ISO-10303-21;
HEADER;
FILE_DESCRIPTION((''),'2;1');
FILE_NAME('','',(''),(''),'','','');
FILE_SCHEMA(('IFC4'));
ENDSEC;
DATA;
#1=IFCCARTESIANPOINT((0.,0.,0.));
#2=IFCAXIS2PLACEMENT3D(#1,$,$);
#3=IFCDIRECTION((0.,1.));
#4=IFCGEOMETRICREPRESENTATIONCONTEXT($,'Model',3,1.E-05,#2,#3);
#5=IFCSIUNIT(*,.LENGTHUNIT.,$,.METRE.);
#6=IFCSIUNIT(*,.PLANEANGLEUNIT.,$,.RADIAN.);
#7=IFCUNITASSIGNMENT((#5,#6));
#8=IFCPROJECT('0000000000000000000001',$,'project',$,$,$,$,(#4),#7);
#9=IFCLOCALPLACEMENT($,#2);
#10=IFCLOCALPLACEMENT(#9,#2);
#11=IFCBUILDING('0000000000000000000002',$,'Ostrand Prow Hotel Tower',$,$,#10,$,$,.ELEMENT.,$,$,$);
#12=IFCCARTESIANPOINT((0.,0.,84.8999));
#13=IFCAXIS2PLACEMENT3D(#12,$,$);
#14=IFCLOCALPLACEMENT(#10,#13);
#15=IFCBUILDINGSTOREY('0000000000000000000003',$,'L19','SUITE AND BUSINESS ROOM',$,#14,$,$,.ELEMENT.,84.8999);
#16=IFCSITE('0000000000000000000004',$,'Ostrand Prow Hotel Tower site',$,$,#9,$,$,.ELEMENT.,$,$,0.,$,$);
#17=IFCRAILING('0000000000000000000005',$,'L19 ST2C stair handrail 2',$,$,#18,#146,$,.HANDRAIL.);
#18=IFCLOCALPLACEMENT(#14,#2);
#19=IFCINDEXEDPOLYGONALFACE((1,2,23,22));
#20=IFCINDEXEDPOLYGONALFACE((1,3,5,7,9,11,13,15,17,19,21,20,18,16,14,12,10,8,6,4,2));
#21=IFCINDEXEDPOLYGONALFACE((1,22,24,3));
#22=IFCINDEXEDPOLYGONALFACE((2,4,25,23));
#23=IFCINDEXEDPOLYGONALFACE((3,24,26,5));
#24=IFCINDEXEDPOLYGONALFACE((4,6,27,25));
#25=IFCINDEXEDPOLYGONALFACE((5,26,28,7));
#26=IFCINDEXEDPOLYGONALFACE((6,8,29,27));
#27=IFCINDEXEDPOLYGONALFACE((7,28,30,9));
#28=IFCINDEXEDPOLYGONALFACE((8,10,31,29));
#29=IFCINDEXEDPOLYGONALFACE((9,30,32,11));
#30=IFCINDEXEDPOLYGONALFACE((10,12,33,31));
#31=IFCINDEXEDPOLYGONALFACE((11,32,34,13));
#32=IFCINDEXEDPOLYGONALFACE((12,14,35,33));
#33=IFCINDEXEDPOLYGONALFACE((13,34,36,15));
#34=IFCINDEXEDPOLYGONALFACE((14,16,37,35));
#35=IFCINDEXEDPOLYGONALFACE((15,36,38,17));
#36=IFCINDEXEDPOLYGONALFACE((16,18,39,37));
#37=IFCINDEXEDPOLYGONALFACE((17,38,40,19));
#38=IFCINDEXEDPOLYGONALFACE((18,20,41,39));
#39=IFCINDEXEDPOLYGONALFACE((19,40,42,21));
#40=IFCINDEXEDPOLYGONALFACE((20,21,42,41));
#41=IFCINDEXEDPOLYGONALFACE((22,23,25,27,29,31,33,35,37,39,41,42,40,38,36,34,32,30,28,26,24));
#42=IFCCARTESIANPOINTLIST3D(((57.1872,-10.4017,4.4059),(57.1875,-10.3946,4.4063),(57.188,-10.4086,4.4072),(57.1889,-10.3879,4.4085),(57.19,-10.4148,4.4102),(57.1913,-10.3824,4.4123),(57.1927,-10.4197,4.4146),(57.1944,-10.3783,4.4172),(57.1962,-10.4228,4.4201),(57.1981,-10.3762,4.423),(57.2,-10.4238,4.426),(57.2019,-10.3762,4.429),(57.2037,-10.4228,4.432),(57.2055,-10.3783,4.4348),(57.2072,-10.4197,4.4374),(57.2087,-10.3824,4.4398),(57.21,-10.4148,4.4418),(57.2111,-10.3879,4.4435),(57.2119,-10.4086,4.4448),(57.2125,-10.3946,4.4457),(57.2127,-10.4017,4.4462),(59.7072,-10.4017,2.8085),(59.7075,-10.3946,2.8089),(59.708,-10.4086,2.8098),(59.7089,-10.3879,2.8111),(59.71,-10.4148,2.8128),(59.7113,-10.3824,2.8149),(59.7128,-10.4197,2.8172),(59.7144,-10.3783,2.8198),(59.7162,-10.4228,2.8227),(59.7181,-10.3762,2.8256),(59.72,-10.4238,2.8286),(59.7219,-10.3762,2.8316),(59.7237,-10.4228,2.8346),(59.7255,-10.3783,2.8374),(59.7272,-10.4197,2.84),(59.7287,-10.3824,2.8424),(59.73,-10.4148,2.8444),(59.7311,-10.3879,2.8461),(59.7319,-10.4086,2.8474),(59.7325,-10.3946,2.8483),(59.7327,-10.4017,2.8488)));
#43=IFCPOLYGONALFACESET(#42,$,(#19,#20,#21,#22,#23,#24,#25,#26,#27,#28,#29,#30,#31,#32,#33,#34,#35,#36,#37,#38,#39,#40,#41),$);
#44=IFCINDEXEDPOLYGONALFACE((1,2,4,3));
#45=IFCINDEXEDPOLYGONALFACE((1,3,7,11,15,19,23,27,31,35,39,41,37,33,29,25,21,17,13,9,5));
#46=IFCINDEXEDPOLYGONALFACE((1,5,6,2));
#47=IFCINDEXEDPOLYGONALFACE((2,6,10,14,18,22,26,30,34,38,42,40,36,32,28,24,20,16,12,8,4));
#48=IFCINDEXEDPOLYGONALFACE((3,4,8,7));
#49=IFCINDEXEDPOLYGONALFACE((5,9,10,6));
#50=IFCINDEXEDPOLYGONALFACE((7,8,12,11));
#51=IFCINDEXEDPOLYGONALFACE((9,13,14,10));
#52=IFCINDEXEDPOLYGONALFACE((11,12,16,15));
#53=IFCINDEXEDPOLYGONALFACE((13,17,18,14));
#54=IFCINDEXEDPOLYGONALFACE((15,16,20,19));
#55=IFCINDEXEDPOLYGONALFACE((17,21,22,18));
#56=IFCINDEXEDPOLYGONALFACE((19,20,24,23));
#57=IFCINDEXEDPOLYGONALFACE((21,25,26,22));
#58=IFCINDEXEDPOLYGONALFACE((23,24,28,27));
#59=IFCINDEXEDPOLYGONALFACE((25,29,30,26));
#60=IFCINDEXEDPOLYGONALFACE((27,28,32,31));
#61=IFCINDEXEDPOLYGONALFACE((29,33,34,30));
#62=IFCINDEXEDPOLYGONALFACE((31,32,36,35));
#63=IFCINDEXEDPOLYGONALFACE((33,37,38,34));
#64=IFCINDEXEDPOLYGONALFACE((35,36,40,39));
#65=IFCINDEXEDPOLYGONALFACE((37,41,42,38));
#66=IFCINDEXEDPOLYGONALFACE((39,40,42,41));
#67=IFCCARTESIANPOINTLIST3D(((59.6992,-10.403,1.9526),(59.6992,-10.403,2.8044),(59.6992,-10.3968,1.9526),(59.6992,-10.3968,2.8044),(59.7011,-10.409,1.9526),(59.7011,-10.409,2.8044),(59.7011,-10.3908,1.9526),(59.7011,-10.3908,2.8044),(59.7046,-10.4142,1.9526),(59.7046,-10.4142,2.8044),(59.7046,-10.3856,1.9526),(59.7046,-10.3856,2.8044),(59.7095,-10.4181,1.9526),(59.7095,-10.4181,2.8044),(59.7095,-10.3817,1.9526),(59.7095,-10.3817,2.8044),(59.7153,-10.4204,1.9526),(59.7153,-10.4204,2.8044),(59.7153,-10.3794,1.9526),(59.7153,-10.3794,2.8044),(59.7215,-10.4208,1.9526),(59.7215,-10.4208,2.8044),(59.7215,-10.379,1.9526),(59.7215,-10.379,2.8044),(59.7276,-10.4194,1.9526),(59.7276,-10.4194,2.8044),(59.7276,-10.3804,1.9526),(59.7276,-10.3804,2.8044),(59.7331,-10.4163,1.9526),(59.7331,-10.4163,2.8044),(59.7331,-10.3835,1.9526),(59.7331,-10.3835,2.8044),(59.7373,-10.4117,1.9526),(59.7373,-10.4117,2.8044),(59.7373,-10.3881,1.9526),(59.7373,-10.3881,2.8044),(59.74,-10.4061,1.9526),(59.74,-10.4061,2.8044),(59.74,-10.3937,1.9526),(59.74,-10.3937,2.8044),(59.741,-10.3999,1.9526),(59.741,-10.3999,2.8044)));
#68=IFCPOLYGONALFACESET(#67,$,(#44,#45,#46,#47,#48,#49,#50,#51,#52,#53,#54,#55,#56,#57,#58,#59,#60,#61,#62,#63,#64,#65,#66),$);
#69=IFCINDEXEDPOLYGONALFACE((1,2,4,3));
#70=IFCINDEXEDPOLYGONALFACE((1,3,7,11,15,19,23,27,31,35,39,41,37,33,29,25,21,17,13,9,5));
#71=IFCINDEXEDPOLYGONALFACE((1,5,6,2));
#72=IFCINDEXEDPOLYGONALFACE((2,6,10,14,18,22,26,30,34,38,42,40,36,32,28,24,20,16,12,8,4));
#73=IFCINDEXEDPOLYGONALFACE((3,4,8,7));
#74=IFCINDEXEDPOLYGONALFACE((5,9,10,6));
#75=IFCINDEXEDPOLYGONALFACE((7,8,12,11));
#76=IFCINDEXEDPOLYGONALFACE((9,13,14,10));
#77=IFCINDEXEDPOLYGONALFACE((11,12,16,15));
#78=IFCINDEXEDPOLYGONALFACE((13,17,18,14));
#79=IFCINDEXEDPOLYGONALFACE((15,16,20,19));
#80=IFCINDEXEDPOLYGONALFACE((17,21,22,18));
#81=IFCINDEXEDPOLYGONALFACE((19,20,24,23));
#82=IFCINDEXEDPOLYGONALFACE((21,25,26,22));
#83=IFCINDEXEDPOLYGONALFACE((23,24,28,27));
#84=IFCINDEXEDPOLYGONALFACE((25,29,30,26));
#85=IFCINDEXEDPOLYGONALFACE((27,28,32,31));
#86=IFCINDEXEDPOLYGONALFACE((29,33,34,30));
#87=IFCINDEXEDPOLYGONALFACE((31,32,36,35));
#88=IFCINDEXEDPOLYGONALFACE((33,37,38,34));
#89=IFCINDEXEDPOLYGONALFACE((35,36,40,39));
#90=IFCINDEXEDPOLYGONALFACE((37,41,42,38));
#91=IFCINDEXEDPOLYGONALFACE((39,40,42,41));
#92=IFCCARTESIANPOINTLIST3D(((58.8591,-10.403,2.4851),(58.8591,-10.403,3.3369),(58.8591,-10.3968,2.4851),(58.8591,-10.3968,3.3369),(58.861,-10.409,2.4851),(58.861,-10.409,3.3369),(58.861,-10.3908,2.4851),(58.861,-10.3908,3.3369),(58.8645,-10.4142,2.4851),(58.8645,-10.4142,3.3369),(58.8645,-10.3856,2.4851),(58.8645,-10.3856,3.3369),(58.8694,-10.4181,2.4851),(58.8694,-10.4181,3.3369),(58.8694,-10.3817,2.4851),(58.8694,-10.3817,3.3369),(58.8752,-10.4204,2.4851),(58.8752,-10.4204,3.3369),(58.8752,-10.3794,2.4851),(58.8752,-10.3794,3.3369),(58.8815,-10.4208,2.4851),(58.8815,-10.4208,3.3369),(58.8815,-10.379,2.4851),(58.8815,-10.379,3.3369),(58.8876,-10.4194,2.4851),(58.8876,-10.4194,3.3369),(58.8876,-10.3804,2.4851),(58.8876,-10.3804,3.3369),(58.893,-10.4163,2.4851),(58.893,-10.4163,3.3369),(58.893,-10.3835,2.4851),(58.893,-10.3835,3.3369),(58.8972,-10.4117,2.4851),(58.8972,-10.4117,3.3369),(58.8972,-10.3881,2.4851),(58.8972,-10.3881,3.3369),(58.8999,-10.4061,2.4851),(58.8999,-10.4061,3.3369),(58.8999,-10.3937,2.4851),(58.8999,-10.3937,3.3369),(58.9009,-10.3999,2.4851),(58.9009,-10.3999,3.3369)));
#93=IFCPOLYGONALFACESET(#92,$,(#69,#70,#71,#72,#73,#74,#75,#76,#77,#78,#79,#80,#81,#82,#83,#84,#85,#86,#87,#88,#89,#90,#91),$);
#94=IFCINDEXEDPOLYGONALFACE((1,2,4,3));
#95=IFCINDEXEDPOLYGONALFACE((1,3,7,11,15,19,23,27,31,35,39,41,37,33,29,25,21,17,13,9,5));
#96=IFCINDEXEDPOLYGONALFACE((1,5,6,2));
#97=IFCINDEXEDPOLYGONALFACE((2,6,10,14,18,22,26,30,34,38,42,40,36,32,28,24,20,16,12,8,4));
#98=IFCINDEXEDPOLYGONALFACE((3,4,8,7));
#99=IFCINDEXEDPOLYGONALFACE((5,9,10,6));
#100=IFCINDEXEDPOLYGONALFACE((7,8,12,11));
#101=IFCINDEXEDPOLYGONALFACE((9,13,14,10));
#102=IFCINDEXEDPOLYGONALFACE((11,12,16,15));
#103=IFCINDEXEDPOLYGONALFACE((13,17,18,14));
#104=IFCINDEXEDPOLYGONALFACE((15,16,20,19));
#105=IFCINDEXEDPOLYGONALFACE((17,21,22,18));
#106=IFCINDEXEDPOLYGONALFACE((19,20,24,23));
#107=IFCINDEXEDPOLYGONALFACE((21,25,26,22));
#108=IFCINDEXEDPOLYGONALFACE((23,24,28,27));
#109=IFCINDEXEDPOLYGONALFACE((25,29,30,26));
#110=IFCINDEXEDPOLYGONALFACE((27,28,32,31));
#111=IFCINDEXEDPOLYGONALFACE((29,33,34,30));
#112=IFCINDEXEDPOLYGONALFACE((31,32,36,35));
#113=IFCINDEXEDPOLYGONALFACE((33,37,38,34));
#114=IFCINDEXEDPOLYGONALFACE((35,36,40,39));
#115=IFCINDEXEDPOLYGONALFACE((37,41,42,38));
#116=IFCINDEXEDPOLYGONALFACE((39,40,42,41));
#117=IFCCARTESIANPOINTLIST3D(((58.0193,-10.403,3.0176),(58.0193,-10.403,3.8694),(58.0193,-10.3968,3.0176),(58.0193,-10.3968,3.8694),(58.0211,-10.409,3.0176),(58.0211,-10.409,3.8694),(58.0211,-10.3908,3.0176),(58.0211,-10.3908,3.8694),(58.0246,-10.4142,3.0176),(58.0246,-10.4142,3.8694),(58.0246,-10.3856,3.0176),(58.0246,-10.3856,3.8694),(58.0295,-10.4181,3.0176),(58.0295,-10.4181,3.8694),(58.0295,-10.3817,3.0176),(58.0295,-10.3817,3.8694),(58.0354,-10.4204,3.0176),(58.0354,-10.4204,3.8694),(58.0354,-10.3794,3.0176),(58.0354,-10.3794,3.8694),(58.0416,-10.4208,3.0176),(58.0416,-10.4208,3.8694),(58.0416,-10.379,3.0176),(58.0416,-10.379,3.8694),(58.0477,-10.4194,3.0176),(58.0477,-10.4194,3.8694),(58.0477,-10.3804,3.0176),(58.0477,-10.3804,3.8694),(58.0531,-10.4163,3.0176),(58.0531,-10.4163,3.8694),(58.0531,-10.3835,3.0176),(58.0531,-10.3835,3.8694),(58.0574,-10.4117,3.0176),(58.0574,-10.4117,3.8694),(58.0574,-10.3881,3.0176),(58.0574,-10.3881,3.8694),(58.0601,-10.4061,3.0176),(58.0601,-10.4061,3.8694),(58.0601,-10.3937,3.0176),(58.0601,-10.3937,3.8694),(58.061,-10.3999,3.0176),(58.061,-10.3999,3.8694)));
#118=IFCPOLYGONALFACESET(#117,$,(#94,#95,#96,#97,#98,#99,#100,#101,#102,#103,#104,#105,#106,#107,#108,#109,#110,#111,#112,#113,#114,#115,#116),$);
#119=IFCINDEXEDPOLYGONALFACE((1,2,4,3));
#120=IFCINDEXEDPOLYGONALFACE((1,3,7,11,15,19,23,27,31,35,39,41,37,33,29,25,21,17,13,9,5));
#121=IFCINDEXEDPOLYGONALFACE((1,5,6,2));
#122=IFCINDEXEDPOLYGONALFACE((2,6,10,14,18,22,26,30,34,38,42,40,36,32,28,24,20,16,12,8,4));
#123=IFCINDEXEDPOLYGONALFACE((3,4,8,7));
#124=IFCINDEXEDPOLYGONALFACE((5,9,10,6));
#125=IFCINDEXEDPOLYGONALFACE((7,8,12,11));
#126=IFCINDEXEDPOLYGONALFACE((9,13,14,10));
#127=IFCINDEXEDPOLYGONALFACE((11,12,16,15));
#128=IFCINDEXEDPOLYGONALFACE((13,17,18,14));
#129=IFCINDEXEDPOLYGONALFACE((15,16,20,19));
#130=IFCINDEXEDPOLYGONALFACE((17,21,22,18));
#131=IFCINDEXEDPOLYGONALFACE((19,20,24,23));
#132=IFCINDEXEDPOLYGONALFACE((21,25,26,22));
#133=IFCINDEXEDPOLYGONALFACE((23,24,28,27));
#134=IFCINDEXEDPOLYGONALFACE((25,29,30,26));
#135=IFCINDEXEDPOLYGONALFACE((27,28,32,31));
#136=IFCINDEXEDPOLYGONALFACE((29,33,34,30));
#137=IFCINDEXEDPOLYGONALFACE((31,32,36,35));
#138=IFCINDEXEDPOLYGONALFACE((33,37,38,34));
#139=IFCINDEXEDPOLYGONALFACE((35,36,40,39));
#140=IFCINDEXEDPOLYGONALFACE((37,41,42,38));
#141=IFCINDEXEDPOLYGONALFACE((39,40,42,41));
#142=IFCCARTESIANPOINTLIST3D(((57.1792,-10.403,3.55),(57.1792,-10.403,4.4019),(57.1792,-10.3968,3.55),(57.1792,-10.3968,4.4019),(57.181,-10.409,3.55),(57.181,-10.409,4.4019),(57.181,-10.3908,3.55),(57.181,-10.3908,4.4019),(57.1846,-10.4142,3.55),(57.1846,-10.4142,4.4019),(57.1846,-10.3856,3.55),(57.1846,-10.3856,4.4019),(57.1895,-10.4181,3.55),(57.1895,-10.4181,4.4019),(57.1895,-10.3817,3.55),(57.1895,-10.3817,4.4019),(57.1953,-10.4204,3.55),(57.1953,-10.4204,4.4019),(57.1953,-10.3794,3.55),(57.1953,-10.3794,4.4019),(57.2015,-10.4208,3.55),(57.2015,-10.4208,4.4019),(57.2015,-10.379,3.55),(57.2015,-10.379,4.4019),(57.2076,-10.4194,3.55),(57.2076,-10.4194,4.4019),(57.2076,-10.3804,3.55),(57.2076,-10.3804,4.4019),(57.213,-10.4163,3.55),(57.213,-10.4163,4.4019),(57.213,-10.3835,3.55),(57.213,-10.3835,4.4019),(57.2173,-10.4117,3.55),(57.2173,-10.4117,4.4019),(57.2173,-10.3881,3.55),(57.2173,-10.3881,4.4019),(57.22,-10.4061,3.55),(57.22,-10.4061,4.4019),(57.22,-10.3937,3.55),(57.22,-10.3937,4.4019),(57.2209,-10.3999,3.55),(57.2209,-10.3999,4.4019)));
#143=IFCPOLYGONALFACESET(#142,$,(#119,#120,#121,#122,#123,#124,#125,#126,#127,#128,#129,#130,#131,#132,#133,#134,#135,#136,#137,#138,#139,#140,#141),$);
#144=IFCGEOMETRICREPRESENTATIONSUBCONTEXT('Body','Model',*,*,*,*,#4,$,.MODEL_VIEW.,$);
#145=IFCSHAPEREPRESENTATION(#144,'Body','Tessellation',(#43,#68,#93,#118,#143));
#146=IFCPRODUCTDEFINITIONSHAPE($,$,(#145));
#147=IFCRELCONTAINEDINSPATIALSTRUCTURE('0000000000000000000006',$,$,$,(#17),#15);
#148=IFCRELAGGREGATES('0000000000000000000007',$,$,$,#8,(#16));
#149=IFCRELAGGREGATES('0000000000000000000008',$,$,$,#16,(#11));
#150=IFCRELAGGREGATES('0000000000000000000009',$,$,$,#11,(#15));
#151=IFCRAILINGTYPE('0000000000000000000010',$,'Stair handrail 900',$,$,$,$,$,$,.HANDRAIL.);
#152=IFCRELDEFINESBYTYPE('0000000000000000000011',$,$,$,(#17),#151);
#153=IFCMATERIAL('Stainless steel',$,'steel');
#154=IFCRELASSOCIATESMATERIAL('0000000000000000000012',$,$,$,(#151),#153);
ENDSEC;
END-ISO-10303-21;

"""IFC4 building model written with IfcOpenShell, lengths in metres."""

from ifc_helpers import new_model, si_unit, direction, frame, origin, origin_2d, place, context, subcontext, project, spatial, circle, extrude, material, type_object, element, save


model = new_model("IFC4")

# Units and contexts
model_context = context("Model", 3, precision=1e-05, world=origin(), true_north=direction((0.0, 1.0)))
body_context = subcontext(model_context, "Body", "Model", "MODEL_VIEW")
ifc_project = project(units=[si_unit("LENGTHUNIT", "METRE"), si_unit("PLANEANGLEUNIT", "RADIAN")], contexts=[model_context])

# Site, building, storey
site_placement = place(None, origin())
site = spatial("IfcSite", under=ifc_project, at=site_placement, Name="Ostrand Prow Hotel Tower site", CompositionType="ELEMENT", RefElevation=0.0)
building_placement = place(site_placement, origin())
building = spatial("IfcBuilding", under=site, at=building_placement, Name="Ostrand Prow Hotel Tower", CompositionType="ELEMENT")
storey_placement = place(building_placement, frame((0.0, 0.0, 84.8999)))
storey = spatial("IfcBuildingStorey", under=building, at=storey_placement, Name="L19", Description="SUITE AND BUSINESS ROOM", CompositionType="ELEMENT", Elevation=84.8999)

# Railing
ifc_material_1 = material(Name="Stainless steel", Category="steel")
railing_type_1 = type_object("IfcRailingType", Name="Stair handrail 900", PredefinedType="HANDRAIL", material=ifc_material_1)
railing_1_placement = place(storey_placement, frame((59.72, -10.3999, 1.9526)))
element("IfcRailing", 1, at=railing_1_placement, inside=storey, type_object=railing_type_1, Name="L19 ST2C stair handrail 2", PredefinedType="HANDRAIL", context=body_context, shape_type="SweptSolid", body=[
    extrude(circle(Radius=0.0239, at=origin_2d()), frame((0.0, 0.0, 0.876), z_axis=(-0.844607, 0.0, 0.535387), x_axis=(0.0, -1.0, 0.0)), (0.0, 0.0, 1.0), 2.9836),
    extrude(circle(Radius=0.021, at=origin_2d()), origin(), (0.0, 0.0, 1.0), 0.8518),
    extrude(circle(Radius=0.021, at=origin_2d()), frame((-0.8401, 0.0, 0.5325)), (0.0, 0.0, 1.0), 0.8518),
    extrude(circle(Radius=0.021, at=origin_2d()), frame((-1.6799, 0.0, 1.0649)), (0.0, 0.0, 1.0), 0.8518),
    extrude(circle(Radius=0.021, at=origin_2d()), frame((-2.52, 0.0, 1.5974)), (0.0, 0.0, 1.0), 0.8518),
])

save(model, "model.ifc")
